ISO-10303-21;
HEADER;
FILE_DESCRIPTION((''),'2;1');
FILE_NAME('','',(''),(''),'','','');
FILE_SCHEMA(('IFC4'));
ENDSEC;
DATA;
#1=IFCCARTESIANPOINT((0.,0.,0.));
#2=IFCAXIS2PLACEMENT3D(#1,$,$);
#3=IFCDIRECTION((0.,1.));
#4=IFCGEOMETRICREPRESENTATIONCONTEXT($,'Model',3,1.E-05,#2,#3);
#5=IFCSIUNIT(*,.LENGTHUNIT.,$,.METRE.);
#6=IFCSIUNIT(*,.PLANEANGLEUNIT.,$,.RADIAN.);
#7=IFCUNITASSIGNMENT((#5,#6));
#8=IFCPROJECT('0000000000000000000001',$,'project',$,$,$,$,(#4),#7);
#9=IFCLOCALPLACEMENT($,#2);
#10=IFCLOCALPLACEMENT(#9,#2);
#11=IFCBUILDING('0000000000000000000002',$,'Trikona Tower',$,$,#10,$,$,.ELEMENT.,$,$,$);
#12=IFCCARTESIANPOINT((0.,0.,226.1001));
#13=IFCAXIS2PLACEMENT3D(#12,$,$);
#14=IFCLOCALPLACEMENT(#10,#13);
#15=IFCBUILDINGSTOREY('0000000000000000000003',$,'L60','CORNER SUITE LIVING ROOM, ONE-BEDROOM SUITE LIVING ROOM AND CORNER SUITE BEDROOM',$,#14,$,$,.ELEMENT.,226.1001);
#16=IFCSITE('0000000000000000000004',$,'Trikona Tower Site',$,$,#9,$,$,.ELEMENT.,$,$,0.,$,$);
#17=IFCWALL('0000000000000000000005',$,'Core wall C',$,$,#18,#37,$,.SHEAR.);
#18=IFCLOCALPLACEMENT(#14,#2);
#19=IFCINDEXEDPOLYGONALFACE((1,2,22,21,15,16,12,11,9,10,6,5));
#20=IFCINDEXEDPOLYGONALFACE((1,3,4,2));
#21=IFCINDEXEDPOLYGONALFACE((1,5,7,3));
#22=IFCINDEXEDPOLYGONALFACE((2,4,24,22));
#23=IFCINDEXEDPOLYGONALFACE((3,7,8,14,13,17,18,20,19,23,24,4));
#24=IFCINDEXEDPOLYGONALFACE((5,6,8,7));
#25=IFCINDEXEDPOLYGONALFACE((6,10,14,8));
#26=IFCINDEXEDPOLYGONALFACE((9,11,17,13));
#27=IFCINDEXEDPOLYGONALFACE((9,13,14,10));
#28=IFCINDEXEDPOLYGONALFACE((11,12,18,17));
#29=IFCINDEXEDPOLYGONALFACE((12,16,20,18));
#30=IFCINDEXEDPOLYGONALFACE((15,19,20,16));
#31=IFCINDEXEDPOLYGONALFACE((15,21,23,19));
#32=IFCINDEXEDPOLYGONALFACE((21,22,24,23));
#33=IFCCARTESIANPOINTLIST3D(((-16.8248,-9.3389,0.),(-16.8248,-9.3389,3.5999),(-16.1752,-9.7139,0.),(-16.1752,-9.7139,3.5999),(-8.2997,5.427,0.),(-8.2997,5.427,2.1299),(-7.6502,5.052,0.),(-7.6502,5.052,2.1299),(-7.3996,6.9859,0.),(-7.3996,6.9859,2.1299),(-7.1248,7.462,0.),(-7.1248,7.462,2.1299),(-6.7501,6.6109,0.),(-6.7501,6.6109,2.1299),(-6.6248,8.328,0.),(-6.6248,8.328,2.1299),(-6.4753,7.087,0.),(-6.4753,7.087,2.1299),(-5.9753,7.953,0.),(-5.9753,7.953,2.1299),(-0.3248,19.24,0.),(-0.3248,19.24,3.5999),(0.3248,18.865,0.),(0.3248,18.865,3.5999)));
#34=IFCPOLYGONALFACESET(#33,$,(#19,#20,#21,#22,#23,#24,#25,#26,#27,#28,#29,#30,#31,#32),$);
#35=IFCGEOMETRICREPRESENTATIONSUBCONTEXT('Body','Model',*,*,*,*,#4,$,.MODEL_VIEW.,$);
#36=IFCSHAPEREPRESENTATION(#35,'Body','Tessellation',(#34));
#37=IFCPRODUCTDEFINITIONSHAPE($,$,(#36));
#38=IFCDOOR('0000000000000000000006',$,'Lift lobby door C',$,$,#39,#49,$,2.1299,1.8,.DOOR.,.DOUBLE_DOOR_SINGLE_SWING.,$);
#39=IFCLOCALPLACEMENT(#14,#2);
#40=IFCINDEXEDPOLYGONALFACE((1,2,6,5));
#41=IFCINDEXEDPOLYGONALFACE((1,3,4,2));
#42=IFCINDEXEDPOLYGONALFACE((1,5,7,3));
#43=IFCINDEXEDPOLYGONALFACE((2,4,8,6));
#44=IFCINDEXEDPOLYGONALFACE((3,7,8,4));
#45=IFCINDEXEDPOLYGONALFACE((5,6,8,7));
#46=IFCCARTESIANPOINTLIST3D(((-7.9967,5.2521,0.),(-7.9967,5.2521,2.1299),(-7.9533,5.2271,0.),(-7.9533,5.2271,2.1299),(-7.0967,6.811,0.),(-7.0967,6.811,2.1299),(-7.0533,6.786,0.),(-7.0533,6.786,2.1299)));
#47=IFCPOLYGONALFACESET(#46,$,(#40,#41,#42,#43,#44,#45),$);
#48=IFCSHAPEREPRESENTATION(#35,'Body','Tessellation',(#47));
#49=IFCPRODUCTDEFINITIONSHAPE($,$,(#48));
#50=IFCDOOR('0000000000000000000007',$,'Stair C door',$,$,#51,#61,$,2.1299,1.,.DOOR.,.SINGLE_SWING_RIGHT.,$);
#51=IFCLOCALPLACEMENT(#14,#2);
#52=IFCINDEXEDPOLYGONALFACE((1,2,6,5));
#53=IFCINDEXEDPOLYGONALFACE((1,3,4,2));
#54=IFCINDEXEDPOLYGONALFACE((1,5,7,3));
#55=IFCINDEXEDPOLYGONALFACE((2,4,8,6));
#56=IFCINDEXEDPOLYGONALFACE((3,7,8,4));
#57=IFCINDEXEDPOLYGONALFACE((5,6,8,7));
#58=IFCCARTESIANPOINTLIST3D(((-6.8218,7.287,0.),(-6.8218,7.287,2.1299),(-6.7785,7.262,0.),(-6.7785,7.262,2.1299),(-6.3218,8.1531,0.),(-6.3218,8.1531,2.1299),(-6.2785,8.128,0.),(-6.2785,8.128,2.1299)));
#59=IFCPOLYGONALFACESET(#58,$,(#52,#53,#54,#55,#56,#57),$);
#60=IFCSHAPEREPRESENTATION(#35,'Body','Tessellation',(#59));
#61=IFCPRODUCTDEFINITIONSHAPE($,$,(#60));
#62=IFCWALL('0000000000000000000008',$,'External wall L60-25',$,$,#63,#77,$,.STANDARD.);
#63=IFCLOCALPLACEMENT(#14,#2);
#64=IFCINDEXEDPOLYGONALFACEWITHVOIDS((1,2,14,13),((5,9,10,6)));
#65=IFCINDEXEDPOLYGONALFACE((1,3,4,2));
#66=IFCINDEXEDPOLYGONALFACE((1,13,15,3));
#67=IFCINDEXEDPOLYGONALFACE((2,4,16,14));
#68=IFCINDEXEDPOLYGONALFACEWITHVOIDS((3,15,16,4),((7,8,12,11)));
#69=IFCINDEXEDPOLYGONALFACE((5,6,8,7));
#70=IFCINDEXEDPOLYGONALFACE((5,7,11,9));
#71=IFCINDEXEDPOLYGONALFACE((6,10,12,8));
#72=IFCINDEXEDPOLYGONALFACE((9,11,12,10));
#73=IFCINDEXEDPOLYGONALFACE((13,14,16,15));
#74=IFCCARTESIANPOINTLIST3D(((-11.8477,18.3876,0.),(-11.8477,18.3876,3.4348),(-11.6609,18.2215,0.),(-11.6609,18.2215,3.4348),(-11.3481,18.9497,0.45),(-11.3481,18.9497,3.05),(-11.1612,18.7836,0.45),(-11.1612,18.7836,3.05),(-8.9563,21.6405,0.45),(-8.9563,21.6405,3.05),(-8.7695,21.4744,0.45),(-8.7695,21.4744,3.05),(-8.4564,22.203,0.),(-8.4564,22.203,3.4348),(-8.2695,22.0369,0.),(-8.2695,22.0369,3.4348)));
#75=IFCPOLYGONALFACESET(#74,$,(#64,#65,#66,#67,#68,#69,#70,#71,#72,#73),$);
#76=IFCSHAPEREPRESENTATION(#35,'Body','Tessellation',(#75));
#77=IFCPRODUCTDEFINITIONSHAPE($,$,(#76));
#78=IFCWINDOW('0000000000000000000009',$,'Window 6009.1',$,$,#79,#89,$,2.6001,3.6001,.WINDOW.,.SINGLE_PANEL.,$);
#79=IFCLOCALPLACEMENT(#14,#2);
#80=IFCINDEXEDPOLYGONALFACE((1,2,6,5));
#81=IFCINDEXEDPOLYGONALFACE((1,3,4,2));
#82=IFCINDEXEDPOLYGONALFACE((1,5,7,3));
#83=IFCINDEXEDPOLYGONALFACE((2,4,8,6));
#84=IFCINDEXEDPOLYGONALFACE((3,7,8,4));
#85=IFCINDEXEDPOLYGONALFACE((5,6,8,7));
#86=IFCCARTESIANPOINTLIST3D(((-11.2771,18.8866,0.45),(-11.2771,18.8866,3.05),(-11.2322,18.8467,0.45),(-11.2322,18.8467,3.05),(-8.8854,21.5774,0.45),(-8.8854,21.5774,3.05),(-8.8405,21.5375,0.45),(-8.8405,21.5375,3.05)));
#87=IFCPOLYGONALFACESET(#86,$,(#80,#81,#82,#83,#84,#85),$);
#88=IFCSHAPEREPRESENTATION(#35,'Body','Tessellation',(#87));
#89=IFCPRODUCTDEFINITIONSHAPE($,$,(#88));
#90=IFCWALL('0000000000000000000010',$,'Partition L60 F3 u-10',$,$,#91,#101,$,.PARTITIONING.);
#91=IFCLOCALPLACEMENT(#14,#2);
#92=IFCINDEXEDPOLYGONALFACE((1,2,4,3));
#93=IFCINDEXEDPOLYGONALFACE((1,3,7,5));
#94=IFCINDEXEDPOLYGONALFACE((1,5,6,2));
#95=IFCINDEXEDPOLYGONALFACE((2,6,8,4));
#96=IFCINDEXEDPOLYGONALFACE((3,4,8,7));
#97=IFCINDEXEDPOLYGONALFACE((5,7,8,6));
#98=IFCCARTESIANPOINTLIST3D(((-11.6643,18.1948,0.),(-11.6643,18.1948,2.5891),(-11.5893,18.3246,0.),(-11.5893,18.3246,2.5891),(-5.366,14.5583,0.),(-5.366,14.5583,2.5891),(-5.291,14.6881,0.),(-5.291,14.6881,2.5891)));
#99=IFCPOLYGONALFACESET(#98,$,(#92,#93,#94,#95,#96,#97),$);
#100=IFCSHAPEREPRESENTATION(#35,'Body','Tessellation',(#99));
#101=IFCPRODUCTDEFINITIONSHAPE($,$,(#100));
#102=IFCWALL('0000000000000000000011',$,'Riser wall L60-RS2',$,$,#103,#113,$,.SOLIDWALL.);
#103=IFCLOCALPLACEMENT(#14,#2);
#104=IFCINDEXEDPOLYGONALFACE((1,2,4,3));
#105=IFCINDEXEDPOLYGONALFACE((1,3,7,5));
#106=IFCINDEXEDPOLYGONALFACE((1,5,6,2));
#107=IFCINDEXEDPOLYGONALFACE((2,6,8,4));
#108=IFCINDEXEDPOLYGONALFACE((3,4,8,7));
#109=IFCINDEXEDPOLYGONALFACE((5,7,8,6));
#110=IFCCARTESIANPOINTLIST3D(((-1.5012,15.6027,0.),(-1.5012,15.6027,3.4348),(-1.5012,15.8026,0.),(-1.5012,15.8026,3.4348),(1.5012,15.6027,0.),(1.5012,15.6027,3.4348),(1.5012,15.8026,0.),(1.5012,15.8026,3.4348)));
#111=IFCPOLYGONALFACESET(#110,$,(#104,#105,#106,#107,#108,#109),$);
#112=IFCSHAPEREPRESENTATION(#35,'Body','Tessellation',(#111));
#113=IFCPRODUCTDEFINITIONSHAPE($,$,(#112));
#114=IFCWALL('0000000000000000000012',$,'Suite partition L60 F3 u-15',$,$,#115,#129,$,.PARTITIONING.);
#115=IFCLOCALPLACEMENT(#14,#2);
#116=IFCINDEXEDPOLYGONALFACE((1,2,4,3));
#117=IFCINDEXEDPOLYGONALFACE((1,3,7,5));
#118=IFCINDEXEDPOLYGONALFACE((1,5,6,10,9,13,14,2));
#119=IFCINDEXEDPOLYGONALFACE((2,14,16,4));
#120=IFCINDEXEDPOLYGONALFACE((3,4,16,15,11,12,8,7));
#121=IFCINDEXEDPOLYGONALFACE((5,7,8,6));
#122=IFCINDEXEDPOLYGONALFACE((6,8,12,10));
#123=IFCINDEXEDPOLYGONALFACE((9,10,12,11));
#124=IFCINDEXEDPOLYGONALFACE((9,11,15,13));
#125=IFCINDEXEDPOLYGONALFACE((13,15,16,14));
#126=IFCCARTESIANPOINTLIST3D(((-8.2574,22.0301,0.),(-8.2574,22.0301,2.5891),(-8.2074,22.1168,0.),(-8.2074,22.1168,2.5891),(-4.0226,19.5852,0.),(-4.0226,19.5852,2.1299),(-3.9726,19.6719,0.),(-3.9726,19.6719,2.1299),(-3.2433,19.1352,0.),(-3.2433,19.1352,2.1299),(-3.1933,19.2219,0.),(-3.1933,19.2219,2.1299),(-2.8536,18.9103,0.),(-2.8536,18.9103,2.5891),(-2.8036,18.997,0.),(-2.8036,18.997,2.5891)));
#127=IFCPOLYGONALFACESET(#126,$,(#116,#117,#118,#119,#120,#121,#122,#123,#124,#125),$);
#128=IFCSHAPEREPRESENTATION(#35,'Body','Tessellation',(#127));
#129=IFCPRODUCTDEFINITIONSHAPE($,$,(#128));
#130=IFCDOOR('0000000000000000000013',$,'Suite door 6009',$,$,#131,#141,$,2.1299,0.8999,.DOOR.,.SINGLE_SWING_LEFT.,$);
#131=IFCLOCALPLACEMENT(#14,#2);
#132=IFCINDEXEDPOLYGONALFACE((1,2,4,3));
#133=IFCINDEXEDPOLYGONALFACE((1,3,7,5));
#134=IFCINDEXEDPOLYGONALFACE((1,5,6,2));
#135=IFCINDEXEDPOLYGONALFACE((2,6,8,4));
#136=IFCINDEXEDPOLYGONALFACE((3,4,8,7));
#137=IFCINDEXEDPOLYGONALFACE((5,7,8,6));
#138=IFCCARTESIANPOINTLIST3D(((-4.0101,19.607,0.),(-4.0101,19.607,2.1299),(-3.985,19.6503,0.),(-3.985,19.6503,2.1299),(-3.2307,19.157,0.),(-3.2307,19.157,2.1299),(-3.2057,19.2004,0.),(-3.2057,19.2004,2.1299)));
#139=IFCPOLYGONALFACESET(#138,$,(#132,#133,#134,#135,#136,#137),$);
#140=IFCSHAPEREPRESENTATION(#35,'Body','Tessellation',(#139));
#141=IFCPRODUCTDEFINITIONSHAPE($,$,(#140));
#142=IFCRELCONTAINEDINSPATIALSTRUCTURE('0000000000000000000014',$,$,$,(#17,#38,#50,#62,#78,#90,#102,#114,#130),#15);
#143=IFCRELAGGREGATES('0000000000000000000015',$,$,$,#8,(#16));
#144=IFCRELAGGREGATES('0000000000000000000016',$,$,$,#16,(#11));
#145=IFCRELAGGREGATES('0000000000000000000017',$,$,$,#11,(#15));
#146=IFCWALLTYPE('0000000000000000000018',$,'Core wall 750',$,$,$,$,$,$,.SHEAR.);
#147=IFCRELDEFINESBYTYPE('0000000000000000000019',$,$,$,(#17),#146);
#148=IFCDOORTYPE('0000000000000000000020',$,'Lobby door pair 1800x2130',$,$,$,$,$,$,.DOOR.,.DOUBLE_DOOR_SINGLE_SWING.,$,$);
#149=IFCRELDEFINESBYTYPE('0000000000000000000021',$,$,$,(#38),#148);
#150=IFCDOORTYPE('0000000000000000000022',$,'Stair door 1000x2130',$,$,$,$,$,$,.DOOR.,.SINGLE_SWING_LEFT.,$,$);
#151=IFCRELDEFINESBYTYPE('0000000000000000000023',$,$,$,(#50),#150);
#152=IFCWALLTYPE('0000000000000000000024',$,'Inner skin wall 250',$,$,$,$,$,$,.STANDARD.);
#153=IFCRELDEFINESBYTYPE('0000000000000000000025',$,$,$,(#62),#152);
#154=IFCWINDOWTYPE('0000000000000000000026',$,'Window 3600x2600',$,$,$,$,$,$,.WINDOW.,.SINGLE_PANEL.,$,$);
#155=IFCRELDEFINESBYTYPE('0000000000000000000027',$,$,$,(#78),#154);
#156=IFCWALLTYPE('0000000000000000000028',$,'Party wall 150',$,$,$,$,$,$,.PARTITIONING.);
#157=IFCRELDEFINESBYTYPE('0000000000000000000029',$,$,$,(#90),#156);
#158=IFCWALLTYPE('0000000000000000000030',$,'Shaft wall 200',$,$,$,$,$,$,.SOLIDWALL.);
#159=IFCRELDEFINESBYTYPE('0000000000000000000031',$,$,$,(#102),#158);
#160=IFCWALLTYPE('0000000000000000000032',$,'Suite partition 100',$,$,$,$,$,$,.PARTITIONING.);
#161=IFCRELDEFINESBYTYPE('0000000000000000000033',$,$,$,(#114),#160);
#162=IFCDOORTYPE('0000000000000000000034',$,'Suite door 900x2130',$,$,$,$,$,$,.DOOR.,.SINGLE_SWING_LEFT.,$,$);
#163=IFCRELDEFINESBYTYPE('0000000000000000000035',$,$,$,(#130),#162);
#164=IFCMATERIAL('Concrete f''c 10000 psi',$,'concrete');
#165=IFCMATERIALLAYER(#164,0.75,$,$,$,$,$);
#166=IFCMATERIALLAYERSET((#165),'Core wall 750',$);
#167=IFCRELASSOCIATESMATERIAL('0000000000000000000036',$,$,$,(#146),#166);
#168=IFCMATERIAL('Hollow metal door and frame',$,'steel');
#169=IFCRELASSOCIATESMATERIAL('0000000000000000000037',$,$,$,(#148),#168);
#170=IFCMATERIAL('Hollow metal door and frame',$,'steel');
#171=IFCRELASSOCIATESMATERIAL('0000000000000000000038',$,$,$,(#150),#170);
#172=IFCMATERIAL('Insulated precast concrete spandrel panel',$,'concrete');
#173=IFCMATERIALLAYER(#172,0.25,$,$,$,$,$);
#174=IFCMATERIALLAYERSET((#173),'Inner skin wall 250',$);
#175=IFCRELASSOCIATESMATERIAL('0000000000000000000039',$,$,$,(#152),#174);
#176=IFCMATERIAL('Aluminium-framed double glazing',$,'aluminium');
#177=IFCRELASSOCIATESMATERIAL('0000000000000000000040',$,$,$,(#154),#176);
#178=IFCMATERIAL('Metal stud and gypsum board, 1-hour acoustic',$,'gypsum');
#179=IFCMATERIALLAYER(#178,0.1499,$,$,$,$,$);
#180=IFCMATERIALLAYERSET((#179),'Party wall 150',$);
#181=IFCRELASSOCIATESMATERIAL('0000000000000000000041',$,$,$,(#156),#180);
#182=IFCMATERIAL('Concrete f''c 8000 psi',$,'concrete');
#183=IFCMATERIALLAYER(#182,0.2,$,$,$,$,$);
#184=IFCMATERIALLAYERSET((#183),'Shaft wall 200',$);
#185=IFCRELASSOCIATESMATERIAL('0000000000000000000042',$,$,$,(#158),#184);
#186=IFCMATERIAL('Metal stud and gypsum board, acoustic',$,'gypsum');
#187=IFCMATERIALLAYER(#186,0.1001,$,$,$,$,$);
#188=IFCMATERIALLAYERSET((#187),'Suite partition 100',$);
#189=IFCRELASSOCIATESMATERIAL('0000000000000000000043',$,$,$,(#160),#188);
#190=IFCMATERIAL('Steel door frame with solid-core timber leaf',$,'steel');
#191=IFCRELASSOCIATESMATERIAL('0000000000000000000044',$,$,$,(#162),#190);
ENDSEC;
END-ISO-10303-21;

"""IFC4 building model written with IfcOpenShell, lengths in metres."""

from ifc_helpers import new_model, si_unit, direction, frame, frame_2d, origin, place, context, subcontext, project, spatial, rectangle, extrude, material, layer, layer_set, type_object, element, fill, save


model = new_model("IFC4")

# Units and contexts
model_context = context("Model", 3, precision=1e-05, world=origin(), true_north=direction((0.0, 1.0)))
body_context = subcontext(model_context, "Body", "Model", "MODEL_VIEW")
ifc_project = project(units=[si_unit("LENGTHUNIT", "METRE"), si_unit("PLANEANGLEUNIT", "RADIAN")], contexts=[model_context])

# Site, building, storey
site_placement = place(None, origin())
site = spatial("IfcSite", under=ifc_project, at=site_placement, Name="Trikona Tower Site", CompositionType="ELEMENT", RefElevation=0.0)
building_placement = place(site_placement, origin())
building = spatial("IfcBuilding", under=site, at=building_placement, Name="Trikona Tower", CompositionType="ELEMENT")
storey_placement = place(building_placement, frame((0.0, 0.0, 226.1001)))
storey = spatial("IfcBuildingStorey", under=building, at=storey_placement, Name="L60", Description="CORNER SUITE LIVING ROOM, ONE-BEDROOM SUITE LIVING ROOM AND CORNER SUITE BEDROOM", CompositionType="ELEMENT", Elevation=226.1001)

# Wall, openings, doors
ifc_material_1 = material(Name="Concrete f'c 10000 psi", Category="concrete")
ifc_layer_1 = layer(ifc_material_1, 0.75)
ifc_layer_set_1 = layer_set([ifc_layer_1], Name="Core wall 750")
wall_type_1 = type_object("IfcWallType", Name="Core wall 750", PredefinedType="SHEAR", material=ifc_layer_set_1)
wall_1_placement = place(storey_placement, frame((0.0, 19.0525, 0.0), z_axis=(0.0, 0.0, 1.0), x_axis=(-0.5, -0.866026, 0.0)))
wall_1 = element("IfcWall", 1, at=wall_1_placement, inside=storey, type_object=wall_type_1, Name="Core wall C", PredefinedType="SHEAR", context=body_context, shape_type="SweptSolid", body=[
    extrude(rectangle(XDim=33.0, YDim=0.75, at=frame_2d((16.5, 0.0))), origin(), (0.0, 0.0, 1.0), 3.5999),
])
opening_1_placement = place(wall_1_placement, frame((14.1499, 0.0, 0.0)))
opening_1 = element("IfcOpeningElement", 2, at=opening_1_placement, cuts=wall_1, PredefinedType="OPENING", context=body_context, shape_type="SweptSolid", body=[
    extrude(rectangle(XDim=1.8, YDim=2.1299, at=frame_2d((0.8999, 1.0649))), frame((0.0, 0.385, 0.0), z_axis=(0.0, -1.0, 0.0), x_axis=(1.0, 0.0, 0.0)), (0.0, 0.0, 1.0), 0.77),
])
opening_2_placement = place(wall_1_placement, frame((12.6001, 0.0, 0.0)))
opening_2 = element("IfcOpeningElement", 3, at=opening_2_placement, cuts=wall_1, PredefinedType="OPENING", context=body_context, shape_type="SweptSolid", body=[
    extrude(rectangle(XDim=1.0, YDim=2.1299, at=frame_2d((0.5, 1.0649))), frame((0.0, 0.385, 0.0), z_axis=(0.0, -1.0, 0.0), x_axis=(1.0, 0.0, 0.0)), (0.0, 0.0, 1.0), 0.77),
])
ifc_material_2 = material(Name="Hollow metal door and frame", Category="steel")
door_type_1 = type_object("IfcDoorType", Name="Lobby door pair 1800x2130", OperationType="DOUBLE_DOOR_SINGLE_SWING", PredefinedType="DOOR", material=ifc_material_2)
door_1_placement = place(opening_1_placement, origin())
door_1 = element("IfcDoor", 4, at=door_1_placement, inside=storey, type_object=door_type_1, Name="Lift lobby door C", OperationType="DOUBLE_DOOR_SINGLE_SWING", OverallHeight=2.1299, OverallWidth=1.8, PredefinedType="DOOR", context=body_context, shape_type="SweptSolid", body=[
    extrude(rectangle(XDim=1.8, YDim=2.1299, at=frame_2d((0.8999, 1.0649))), frame((0.0, 0.0249, 0.0), z_axis=(0.0, -1.0, 0.0), x_axis=(1.0, 0.0, 0.0)), (0.0, 0.0, 1.0), 0.05),
])
fill(opening_1, door_1)
ifc_material_3 = material(Name="Hollow metal door and frame", Category="steel")
door_type_2 = type_object("IfcDoorType", Name="Stair door 1000x2130", OperationType="SINGLE_SWING_LEFT", PredefinedType="DOOR", material=ifc_material_3)
door_2_placement = place(opening_2_placement, origin())
door_2 = element("IfcDoor", 5, at=door_2_placement, inside=storey, type_object=door_type_2, Name="Stair C door", OperationType="SINGLE_SWING_RIGHT", OverallHeight=2.1299, OverallWidth=1.0, PredefinedType="DOOR", context=body_context, shape_type="SweptSolid", body=[
    extrude(rectangle(XDim=1.0, YDim=2.1299, at=frame_2d((0.5, 1.0649))), frame((0.0, 0.0249, 0.0), z_axis=(0.0, -1.0, 0.0), x_axis=(1.0, 0.0, 0.0)), (0.0, 0.0, 1.0), 0.05),
])
fill(opening_2, door_2)

# Wall, opening, window
ifc_material_4 = material(Name="Insulated precast concrete spandrel panel", Category="concrete")
ifc_layer_2 = layer(ifc_material_4, 0.25)
ifc_layer_set_2 = layer_set([ifc_layer_2], Name="Inner skin wall 250")
wall_type_2 = type_object("IfcWallType", Name="Inner skin wall 250", PredefinedType="STANDARD", material=ifc_layer_set_2)
wall_2_placement = place(storey_placement, frame((-8.363, 22.1199, 0.0), z_axis=(0.0, 0.0, 1.0), x_axis=(-0.664349, -0.747423, 0.0)))
wall_2 = element("IfcWall", 6, at=wall_2_placement, inside=storey, type_object=wall_type_2, Name="External wall L60-25", PredefinedType="STANDARD", context=body_context, shape_type="SweptSolid", body=[
    extrude(rectangle(XDim=5.1047, YDim=0.25, at=frame_2d((2.5522, 0.0))), origin(), (0.0, 0.0, 1.0), 3.4348),
])
opening_3_placement = place(wall_2_placement, frame((0.7524, 0.0, 0.45)))
opening_3 = element("IfcOpeningElement", 7, at=opening_3_placement, cuts=wall_2, PredefinedType="OPENING", context=body_context, shape_type="SweptSolid", body=[
    extrude(rectangle(XDim=3.6001, YDim=2.6001, at=frame_2d((1.8, 1.3))), frame((0.0, 0.135, 0.0), z_axis=(0.0, -1.0, 0.0), x_axis=(1.0, 0.0, 0.0)), (0.0, 0.0, 1.0), 0.27),
])
ifc_material_5 = material(Name="Aluminium-framed double glazing", Category="aluminium")
window_type = type_object("IfcWindowType", Name="Window 3600x2600", PartitioningType="SINGLE_PANEL", PredefinedType="WINDOW", material=ifc_material_5)
window_placement = place(opening_3_placement, origin())
window = element("IfcWindow", 8, at=window_placement, inside=storey, type_object=window_type, Name="Window 6009.1", OverallHeight=2.6001, OverallWidth=3.6001, PartitioningType="SINGLE_PANEL", PredefinedType="WINDOW", context=body_context, shape_type="SweptSolid", body=[
    extrude(rectangle(XDim=3.6001, YDim=2.6001, at=frame_2d((1.8, 1.3))), frame((0.0, 0.03, 0.0), z_axis=(0.0, -1.0, 0.0), x_axis=(1.0, 0.0, 0.0)), (0.0, 0.0, 1.0), 0.0601),
])
fill(opening_3, window)

# Walls
ifc_material_6 = material(Name="Metal stud and gypsum board, 1-hour acoustic", Category="gypsum")
ifc_layer_3 = layer(ifc_material_6, 0.1499)
ifc_layer_set_3 = layer_set([ifc_layer_3], Name="Party wall 150")
wall_type_3 = type_object("IfcWallType", Name="Party wall 150", PredefinedType="PARTITIONING", material=ifc_layer_set_3)
wall_3_placement = place(storey_placement, frame((-5.3286, 14.6233, 0.0), z_axis=(0.0, 0.0, 1.0), x_axis=(-0.866018, 0.500013, 0.0)))
element("IfcWall", 9, at=wall_3_placement, inside=storey, type_object=wall_type_3, Name="Partition L60 F3 u-10", PredefinedType="PARTITIONING", context=body_context, shape_type="SweptSolid", body=[
    extrude(rectangle(XDim=7.2727, YDim=0.1499, at=frame_2d((3.6362, 0.0))), origin(), (0.0, 0.0, 1.0), 2.5891),
])
ifc_material_7 = material(Name="Concrete f'c 8000 psi", Category="concrete")
ifc_layer_4 = layer(ifc_material_7, 0.2)
ifc_layer_set_4 = layer_set([ifc_layer_4], Name="Shaft wall 200")
wall_type_4 = type_object("IfcWallType", Name="Shaft wall 200", PredefinedType="SOLIDWALL", material=ifc_layer_set_4)
wall_4_placement = place(storey_placement, frame((-1.5012, 15.7026, 0.0), z_axis=(0.0, 0.0, 1.0), x_axis=(1.0, 0.0, 0.0)))
element("IfcWall", 10, at=wall_4_placement, inside=storey, type_object=wall_type_4, Name="Riser wall L60-RS2", PredefinedType="SOLIDWALL", context=body_context, shape_type="SweptSolid", body=[
    extrude(rectangle(XDim=3.0024, YDim=0.2, at=frame_2d((1.5012, 0.0))), origin(), (0.0, 0.0, 1.0), 3.4348),
])

# Wall, opening, door
ifc_material_8 = material(Name="Metal stud and gypsum board, acoustic", Category="gypsum")
ifc_layer_5 = layer(ifc_material_8, 0.1001)
ifc_layer_set_5 = layer_set([ifc_layer_5], Name="Suite partition 100")
wall_type_5 = type_object("IfcWallType", Name="Suite partition 100", PredefinedType="PARTITIONING", material=ifc_layer_set_5)
wall_5_placement = place(storey_placement, frame((-2.8286, 18.9536, 0.0), z_axis=(0.0, 0.0, 1.0), x_axis=(-0.866027, 0.499998, 0.0)))
wall_5 = element("IfcWall", 11, at=wall_5_placement, inside=storey, type_object=wall_type_5, Name="Suite partition L60 F3 u-15", PredefinedType="PARTITIONING", context=body_context, shape_type="SweptSolid", body=[
    extrude(rectangle(XDim=6.2397, YDim=0.1001, at=frame_2d((3.1199, 0.0))), origin(), (0.0, 0.0, 1.0), 2.5891),
])
opening_4_placement = place(wall_5_placement, frame((0.45, 0.0, 0.0)))
opening_4 = element("IfcOpeningElement", 12, at=opening_4_placement, cuts=wall_5, PredefinedType="OPENING", context=body_context, shape_type="SweptSolid", body=[
    extrude(rectangle(XDim=0.8999, YDim=2.1299, at=frame_2d((0.45, 1.0649))), frame((0.0, 0.0601, 0.0), z_axis=(0.0, -1.0, 0.0), x_axis=(1.0, 0.0, 0.0)), (0.0, 0.0, 1.0), 0.1201),
])
ifc_material_9 = material(Name="Steel door frame with solid-core timber leaf", Category="steel")
door_type_3 = type_object("IfcDoorType", Name="Suite door 900x2130", OperationType="SINGLE_SWING_LEFT", PredefinedType="DOOR", material=ifc_material_9)
door_3_placement = place(opening_4_placement, origin())
door_3 = element("IfcDoor", 13, at=door_3_placement, inside=storey, type_object=door_type_3, Name="Suite door 6009", OperationType="SINGLE_SWING_LEFT", OverallHeight=2.1299, OverallWidth=0.8999, PredefinedType="DOOR", context=body_context, shape_type="SweptSolid", body=[
    extrude(rectangle(XDim=0.8999, YDim=2.1299, at=frame_2d((0.45, 1.0649))), frame((0.0, 0.0249, 0.0), z_axis=(0.0, -1.0, 0.0), x_axis=(1.0, 0.0, 0.0)), (0.0, 0.0, 1.0), 0.05),
])
fill(opening_4, door_3)

save(model, "model.ifc")
